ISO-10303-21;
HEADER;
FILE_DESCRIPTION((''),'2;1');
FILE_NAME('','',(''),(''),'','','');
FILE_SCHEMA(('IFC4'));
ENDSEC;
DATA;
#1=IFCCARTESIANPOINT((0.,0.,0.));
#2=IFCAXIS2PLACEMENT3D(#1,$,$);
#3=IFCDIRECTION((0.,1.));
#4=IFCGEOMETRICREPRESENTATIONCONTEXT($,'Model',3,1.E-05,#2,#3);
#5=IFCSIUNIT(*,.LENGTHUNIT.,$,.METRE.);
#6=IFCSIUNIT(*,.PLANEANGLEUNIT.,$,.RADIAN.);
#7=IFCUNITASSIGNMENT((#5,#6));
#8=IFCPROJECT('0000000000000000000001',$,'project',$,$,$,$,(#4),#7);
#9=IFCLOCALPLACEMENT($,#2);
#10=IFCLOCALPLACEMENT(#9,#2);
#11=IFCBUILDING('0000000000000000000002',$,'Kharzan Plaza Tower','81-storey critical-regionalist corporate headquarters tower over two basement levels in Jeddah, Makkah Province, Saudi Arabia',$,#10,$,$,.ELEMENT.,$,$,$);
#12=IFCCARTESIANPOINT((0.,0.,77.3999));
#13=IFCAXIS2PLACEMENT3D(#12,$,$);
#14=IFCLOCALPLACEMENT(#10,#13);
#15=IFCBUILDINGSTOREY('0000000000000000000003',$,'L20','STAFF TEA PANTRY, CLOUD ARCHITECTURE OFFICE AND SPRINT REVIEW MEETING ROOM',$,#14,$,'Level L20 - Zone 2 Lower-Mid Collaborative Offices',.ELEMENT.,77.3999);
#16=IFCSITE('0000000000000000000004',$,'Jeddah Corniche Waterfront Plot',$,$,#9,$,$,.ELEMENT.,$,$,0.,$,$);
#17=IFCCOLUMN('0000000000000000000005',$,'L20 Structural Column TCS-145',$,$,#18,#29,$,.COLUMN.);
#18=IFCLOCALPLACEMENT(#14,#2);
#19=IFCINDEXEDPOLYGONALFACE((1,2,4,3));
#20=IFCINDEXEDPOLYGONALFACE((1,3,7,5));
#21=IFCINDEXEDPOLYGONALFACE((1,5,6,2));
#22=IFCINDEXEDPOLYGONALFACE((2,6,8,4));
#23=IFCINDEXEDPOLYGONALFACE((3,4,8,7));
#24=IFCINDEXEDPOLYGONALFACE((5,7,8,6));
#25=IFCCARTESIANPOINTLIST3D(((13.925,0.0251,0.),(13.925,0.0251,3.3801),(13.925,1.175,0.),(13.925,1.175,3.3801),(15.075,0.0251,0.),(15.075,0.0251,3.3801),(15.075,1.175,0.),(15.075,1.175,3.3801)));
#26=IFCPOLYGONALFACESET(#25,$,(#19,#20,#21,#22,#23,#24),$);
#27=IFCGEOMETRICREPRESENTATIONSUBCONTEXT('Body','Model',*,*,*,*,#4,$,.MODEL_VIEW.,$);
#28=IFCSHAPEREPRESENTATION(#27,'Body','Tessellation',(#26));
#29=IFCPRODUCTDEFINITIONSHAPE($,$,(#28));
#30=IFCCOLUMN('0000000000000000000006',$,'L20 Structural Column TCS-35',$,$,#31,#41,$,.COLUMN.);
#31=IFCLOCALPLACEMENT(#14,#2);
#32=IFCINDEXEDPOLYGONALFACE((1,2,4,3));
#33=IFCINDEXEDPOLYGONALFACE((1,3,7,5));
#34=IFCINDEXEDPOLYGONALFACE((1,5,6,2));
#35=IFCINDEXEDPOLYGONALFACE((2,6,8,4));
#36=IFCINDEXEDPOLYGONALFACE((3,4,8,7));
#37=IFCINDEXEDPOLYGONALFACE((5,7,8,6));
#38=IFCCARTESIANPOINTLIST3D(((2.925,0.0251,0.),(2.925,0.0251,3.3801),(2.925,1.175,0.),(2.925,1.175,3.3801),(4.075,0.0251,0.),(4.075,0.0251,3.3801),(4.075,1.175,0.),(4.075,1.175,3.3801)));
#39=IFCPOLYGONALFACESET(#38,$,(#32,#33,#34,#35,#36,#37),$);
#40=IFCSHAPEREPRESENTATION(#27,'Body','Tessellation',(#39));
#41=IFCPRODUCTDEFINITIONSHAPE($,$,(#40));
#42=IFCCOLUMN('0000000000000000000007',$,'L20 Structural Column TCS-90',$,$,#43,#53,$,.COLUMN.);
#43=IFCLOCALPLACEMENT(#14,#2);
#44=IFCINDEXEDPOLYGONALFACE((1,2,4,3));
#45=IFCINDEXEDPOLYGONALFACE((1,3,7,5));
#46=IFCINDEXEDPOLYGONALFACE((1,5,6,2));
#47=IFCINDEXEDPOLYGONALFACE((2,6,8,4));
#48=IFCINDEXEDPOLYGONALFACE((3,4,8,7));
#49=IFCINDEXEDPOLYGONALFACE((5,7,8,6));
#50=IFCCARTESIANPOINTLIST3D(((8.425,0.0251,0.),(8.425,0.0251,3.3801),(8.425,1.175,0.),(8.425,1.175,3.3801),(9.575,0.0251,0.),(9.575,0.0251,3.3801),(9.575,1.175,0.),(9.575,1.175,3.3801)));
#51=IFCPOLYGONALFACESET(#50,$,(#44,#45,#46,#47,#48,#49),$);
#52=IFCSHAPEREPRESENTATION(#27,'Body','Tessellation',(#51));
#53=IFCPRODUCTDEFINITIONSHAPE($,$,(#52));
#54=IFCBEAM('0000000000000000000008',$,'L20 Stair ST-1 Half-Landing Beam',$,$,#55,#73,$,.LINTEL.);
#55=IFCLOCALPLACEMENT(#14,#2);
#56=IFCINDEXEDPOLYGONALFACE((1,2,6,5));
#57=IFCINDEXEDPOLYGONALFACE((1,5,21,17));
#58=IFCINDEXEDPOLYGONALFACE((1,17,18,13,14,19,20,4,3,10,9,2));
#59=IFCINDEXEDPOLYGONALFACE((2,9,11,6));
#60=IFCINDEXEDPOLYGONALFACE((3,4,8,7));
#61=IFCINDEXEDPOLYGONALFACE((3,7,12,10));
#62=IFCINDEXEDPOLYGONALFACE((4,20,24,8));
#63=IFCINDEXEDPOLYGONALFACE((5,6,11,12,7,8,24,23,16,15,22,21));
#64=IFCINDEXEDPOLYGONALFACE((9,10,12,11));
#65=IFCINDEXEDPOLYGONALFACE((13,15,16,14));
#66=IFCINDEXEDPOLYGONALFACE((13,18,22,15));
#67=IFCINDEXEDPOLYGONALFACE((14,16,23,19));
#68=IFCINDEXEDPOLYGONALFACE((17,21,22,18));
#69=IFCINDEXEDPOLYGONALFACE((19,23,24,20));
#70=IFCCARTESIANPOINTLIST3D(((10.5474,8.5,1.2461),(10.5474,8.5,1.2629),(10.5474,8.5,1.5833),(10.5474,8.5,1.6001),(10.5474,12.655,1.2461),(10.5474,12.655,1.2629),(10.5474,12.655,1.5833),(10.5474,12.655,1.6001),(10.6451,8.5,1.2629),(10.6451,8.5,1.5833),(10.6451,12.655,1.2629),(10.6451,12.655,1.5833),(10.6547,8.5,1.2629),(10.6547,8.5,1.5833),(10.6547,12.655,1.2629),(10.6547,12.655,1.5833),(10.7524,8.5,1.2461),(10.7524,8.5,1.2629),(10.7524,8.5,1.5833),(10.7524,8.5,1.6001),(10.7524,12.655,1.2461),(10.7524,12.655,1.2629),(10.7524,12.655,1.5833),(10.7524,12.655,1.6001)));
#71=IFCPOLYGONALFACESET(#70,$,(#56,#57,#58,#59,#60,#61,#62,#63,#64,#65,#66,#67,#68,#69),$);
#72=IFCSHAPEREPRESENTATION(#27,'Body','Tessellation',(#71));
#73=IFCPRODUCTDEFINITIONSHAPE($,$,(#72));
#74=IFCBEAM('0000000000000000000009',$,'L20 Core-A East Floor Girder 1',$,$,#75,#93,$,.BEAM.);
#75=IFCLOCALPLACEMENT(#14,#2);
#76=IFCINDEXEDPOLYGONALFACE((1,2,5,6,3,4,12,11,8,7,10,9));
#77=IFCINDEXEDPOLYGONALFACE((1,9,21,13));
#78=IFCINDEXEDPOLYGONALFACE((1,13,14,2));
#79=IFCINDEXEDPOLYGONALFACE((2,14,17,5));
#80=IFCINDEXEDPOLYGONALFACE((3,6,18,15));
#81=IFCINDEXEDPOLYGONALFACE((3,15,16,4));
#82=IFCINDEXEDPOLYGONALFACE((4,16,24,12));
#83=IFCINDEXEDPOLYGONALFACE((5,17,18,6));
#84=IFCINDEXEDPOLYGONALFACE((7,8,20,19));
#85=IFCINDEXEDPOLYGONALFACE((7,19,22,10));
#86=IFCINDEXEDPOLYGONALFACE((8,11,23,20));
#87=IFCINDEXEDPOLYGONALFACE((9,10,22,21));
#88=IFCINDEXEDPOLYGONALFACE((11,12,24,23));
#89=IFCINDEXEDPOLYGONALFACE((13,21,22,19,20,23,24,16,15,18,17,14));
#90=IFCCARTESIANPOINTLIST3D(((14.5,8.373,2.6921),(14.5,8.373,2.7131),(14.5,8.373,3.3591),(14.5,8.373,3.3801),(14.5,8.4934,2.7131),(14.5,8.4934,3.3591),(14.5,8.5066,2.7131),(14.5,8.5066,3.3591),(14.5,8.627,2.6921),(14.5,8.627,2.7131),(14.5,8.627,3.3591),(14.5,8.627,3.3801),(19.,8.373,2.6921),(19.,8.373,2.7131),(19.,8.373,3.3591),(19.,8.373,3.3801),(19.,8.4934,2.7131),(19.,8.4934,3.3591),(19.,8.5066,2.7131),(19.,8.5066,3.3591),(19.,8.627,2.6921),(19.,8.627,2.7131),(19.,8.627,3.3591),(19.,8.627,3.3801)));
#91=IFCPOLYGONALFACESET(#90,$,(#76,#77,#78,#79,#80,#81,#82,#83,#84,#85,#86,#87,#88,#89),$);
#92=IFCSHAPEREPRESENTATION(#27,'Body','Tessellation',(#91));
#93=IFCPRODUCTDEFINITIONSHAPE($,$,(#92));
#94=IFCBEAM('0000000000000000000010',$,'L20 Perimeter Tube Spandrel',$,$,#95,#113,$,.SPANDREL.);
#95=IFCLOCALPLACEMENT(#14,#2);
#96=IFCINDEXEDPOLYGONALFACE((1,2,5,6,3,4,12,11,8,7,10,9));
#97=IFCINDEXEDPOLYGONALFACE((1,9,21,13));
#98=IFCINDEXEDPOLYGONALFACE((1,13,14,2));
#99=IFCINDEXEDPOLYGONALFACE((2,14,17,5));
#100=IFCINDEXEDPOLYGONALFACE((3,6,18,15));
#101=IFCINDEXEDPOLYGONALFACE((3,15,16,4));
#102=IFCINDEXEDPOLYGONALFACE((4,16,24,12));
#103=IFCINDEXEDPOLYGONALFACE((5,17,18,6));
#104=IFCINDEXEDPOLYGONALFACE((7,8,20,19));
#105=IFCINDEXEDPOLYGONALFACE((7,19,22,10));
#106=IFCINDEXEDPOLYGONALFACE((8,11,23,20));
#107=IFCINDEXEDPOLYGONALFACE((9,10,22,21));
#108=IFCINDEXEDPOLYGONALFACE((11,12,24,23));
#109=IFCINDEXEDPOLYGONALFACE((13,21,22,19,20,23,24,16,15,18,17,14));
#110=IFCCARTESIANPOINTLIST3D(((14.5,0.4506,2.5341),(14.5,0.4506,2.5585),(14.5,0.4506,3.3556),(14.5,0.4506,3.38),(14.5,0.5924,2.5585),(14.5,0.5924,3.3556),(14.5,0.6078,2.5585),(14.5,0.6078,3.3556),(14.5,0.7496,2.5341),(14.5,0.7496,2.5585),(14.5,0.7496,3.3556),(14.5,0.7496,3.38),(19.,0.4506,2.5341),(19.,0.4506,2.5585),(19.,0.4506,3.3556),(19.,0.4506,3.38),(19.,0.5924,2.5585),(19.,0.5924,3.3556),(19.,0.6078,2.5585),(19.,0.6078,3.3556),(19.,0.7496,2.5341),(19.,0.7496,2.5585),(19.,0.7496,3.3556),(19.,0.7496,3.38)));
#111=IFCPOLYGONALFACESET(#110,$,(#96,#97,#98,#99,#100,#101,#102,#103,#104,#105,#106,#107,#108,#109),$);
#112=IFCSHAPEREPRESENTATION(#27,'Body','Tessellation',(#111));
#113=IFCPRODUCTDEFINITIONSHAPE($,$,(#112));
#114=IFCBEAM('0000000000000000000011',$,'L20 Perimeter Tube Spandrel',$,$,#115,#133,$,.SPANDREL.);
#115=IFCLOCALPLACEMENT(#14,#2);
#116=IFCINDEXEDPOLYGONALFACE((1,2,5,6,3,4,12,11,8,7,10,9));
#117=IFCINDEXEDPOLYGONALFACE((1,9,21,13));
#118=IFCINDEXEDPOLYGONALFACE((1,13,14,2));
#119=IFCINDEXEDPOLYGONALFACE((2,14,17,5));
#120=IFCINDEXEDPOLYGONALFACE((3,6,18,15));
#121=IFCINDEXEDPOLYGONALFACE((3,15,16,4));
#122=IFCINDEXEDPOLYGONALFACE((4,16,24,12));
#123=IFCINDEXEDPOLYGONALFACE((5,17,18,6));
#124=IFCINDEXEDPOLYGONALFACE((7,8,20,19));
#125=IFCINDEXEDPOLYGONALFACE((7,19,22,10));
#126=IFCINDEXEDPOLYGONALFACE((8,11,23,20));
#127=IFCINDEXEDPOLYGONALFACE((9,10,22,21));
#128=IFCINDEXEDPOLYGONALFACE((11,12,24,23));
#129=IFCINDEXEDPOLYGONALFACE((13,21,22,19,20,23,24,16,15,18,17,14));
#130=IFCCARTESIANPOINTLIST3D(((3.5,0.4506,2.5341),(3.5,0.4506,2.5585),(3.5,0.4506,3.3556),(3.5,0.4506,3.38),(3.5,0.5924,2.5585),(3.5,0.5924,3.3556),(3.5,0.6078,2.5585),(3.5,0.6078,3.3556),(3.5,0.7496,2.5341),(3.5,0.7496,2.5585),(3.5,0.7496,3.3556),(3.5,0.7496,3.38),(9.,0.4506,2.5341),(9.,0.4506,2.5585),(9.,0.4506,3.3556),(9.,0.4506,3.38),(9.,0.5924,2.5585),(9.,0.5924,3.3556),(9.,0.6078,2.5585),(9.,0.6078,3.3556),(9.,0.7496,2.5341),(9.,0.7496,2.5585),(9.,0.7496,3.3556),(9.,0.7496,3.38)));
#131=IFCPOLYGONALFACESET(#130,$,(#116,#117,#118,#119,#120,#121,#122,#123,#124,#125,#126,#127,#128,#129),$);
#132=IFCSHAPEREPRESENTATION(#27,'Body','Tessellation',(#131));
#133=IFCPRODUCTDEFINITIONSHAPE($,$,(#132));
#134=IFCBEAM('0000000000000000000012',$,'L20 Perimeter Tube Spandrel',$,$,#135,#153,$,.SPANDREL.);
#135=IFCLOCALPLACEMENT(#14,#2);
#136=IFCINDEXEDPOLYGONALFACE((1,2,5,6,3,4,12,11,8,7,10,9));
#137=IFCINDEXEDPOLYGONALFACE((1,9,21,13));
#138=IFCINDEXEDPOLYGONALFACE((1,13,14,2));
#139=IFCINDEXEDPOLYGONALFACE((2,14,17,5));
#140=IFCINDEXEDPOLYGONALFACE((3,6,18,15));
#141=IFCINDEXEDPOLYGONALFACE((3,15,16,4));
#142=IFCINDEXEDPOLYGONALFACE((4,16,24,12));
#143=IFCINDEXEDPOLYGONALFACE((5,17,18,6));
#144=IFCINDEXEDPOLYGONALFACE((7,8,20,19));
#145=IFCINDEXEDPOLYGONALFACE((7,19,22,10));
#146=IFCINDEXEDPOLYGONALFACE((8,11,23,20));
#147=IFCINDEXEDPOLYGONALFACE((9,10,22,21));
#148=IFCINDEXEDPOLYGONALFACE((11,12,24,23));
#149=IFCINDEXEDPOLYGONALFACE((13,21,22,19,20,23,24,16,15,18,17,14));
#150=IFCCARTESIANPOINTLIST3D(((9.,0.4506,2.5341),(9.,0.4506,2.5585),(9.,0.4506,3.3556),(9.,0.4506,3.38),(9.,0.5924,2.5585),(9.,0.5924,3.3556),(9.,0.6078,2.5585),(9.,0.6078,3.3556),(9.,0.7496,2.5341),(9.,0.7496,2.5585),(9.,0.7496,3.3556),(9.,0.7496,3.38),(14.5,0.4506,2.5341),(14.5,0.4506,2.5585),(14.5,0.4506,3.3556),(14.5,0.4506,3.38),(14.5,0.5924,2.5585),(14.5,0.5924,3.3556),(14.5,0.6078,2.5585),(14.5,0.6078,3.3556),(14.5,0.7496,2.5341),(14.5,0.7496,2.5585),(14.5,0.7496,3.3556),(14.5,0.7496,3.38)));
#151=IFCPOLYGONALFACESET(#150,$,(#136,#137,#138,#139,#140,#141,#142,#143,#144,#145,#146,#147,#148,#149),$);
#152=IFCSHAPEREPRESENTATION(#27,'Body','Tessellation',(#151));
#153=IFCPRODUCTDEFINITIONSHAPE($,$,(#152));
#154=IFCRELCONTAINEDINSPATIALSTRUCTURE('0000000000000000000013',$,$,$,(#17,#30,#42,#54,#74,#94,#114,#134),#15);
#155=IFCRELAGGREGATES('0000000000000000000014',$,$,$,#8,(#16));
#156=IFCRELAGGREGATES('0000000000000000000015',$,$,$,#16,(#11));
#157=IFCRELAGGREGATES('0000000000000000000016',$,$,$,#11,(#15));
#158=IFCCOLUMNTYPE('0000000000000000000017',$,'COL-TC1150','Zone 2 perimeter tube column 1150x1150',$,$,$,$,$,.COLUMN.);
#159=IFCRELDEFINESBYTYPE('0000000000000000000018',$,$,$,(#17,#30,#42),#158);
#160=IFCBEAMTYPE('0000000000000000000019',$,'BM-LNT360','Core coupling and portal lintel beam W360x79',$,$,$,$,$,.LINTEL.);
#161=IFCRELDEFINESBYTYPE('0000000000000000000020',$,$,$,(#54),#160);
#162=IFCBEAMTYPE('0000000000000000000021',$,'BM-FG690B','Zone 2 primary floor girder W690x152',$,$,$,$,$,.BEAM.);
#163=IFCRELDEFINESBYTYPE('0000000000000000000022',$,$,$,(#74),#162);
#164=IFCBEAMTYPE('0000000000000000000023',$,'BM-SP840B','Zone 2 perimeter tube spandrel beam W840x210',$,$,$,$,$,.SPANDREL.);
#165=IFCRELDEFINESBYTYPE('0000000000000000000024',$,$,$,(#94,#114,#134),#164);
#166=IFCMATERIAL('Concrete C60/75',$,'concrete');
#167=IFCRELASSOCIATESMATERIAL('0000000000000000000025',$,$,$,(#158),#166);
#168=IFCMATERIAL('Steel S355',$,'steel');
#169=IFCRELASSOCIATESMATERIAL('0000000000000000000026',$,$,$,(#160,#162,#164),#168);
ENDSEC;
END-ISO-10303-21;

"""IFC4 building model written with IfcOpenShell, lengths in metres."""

from ifc_helpers import new_model, si_unit, direction, frame, origin, origin_2d, place, context, subcontext, project, spatial, rectangle, i_section, extrude, source, transform, mapped, material, material_profile, profile_set, type_object, element, save


model = new_model("IFC4")

# Units and contexts
model_context = context("Model", 3, precision=1e-05, world=origin(), true_north=direction((0.0, 1.0)))
body_context = subcontext(model_context, "Body", "Model", "MODEL_VIEW")
ifc_project = project(units=[si_unit("LENGTHUNIT", "METRE"), si_unit("PLANEANGLEUNIT", "RADIAN")], contexts=[model_context])

# Site, building, storey
site_placement = place(None, origin())
site = spatial("IfcSite", under=ifc_project, at=site_placement, Name="Jeddah Corniche Waterfront Plot", CompositionType="ELEMENT", RefElevation=0.0)
building_placement = place(site_placement, origin())
building = spatial("IfcBuilding", under=site, at=building_placement, Name="Kharzan Plaza Tower", Description="81-storey critical-regionalist corporate headquarters tower over two basement levels in Jeddah, Makkah Province, Saudi Arabia", CompositionType="ELEMENT")
storey_placement = place(building_placement, frame((0.0, 0.0, 77.3999)))
storey = spatial("IfcBuildingStorey", under=building, at=storey_placement, Name="L20", Description="STAFF TEA PANTRY, CLOUD ARCHITECTURE OFFICE AND SPRINT REVIEW MEETING ROOM", LongName="Level L20 - Zone 2 Lower-Mid Collaborative Offices", CompositionType="ELEMENT", Elevation=77.3999)

# Columns
ifc_material_1 = material(Name="Concrete C60/75", Category="concrete")
ifc_material_profile_1 = material_profile(ifc_material_1, rectangle(XDim=1.1499, YDim=1.1499, at=origin_2d()), Name="RC-TC1150x1150")
ifc_profile_set_1 = profile_set([ifc_material_profile_1], Name="Concrete C60/75")
column_type = type_object("IfcColumnType", Name="COL-TC1150", Description="Zone 2 perimeter tube column 1150x1150", PredefinedType="COLUMN", material=ifc_profile_set_1)
shared_shape_1 = source(origin(), body_context, "Body", "SweptSolid", [
    extrude(rectangle(XDim=1.1499, YDim=1.1499, at=origin_2d()), origin(), (0.0, 0.0, 1.0), 3.3801),
])
for number, where, z_axis, x_axis, name in (
    (1, (14.5, 0.6001, 0.0), (0.0, 0.0, 1.0), (1.0, 0.0, 0.0), "L20 Structural Column TCS-145"),
    (2, (3.5, 0.6001, 0.0), (0.0, 0.0, 1.0), (1.0, 0.0, 0.0), "L20 Structural Column TCS-35"),
    (3, (9.0, 0.6001, 0.0), (0.0, 0.0, 1.0), (1.0, 0.0, 0.0), "L20 Structural Column TCS-90"),
):
    element("IfcColumn", number, at=place(storey_placement, frame(where, z_axis=z_axis, x_axis=x_axis)), inside=storey, type_object=column_type, Name=name, PredefinedType="COLUMN", context=body_context, shape_type="MappedRepresentation", body=[
        mapped(shared_shape_1, transform((0.0, 0.0, 0.0), x_axis=(1.0, 0.0, 0.0), y_axis=(0.0, 1.0, 0.0), z_axis=(0.0, 0.0, 1.0))),
    ])

# Beams
ifc_material_2 = material(Name="Steel S355", Category="steel")
ifc_material_profile_2 = material_profile(ifc_material_2, i_section(OverallWidth=0.2051, OverallDepth=0.354, WebThickness=0.0095, FlangeThickness=0.0168, at=origin_2d()), Name="W360x79")
ifc_profile_set_2 = profile_set([ifc_material_profile_2], Name="Steel S355")
beam_type_1 = type_object("IfcBeamType", Name="BM-LNT360", Description="Core coupling and portal lintel beam W360x79", PredefinedType="LINTEL", material=ifc_profile_set_2)
shared_shape_2 = source(origin(), body_context, "Body", "SweptSolid", [
    extrude(i_section(OverallWidth=0.2051, OverallDepth=0.354, WebThickness=0.0095, FlangeThickness=0.0168, at=origin_2d()), origin(), (0.0, 0.0, 1.0), 4.155),
])
beam_1_placement = place(storey_placement, frame((10.6499, 8.5, 1.4231), z_axis=(0.0, 1.0, 0.0), x_axis=(-1.0, 0.0, 0.0)))
element("IfcBeam", 4, at=beam_1_placement, inside=storey, type_object=beam_type_1, Name="L20 Stair ST-1 Half-Landing Beam", PredefinedType="LINTEL", context=body_context, shape_type="MappedRepresentation", body=[
    mapped(shared_shape_2, transform((0.0, 0.0, 0.0), x_axis=(1.0, 0.0, 0.0), y_axis=(0.0, 1.0, 0.0), z_axis=(0.0, 0.0, 1.0))),
])
ifc_material_profile_3 = material_profile(ifc_material_2, i_section(OverallWidth=0.2539, OverallDepth=0.688, WebThickness=0.0132, FlangeThickness=0.021, at=origin_2d()), Name="W690x152")
ifc_profile_set_3 = profile_set([ifc_material_profile_3], Name="Steel S355")
beam_type_2 = type_object("IfcBeamType", Name="BM-FG690B", Description="Zone 2 primary floor girder W690x152", PredefinedType="BEAM", material=ifc_profile_set_3)
shared_shape_3 = source(origin(), body_context, "Body", "SweptSolid", [
    extrude(i_section(OverallWidth=0.2539, OverallDepth=0.688, WebThickness=0.0132, FlangeThickness=0.021, at=origin_2d()), origin(), (0.0, 0.0, 1.0), 4.5),
])
beam_2_placement = place(storey_placement, frame((14.5, 8.5, 3.0361), z_axis=(1.0, 0.0, 0.0), x_axis=(0.0, 1.0, 0.0)))
element("IfcBeam", 5, at=beam_2_placement, inside=storey, type_object=beam_type_2, Name="L20 Core-A East Floor Girder 1", PredefinedType="BEAM", context=body_context, shape_type="MappedRepresentation", body=[
    mapped(shared_shape_3, transform((0.0, 0.0, 0.0), x_axis=(1.0, 0.0, 0.0), y_axis=(0.0, 1.0, 0.0), z_axis=(0.0, 0.0, 1.0))),
])
ifc_material_profile_4 = material_profile(ifc_material_2, i_section(OverallWidth=0.2991, OverallDepth=0.8459, WebThickness=0.0154, FlangeThickness=0.0244, at=origin_2d()), Name="W840x210")
ifc_profile_set_4 = profile_set([ifc_material_profile_4], Name="Steel S355")
beam_type_3 = type_object("IfcBeamType", Name="BM-SP840B", Description="Zone 2 perimeter tube spandrel beam W840x210", PredefinedType="SPANDREL", material=ifc_profile_set_4)
shared_shape_4 = source(origin(), body_context, "Body", "SweptSolid", [
    extrude(i_section(OverallWidth=0.2991, OverallDepth=0.8459, WebThickness=0.0154, FlangeThickness=0.0244, at=origin_2d()), origin(), (0.0, 0.0, 1.0), 4.5),
])
beam_3_placement = place(storey_placement, frame((14.5, 0.6001, 2.957), z_axis=(1.0, 0.0, 0.0), x_axis=(0.0, 1.0, 0.0)))
element("IfcBeam", 6, at=beam_3_placement, inside=storey, type_object=beam_type_3, Name="L20 Perimeter Tube Spandrel", PredefinedType="SPANDREL", context=body_context, shape_type="MappedRepresentation", body=[
    mapped(shared_shape_4, transform((0.0, 0.0, 0.0), x_axis=(1.0, 0.0, 0.0), y_axis=(0.0, 1.0, 0.0), z_axis=(0.0, 0.0, 1.0))),
])
shared_shape_5 = source(origin(), body_context, "Body", "SweptSolid", [
    extrude(i_section(OverallWidth=0.2991, OverallDepth=0.8459, WebThickness=0.0154, FlangeThickness=0.0244, at=origin_2d()), origin(), (0.0, 0.0, 1.0), 5.5),
])
for number, where, z_axis, x_axis, name in (
    (7, (3.5, 0.6001, 2.957), (1.0, 0.0, 0.0), (0.0, 1.0, 0.0), "L20 Perimeter Tube Spandrel"),
    (8, (9.0, 0.6001, 2.957), (1.0, 0.0, 0.0), (0.0, 1.0, 0.0), "L20 Perimeter Tube Spandrel"),
):
    element("IfcBeam", number, at=place(storey_placement, frame(where, z_axis=z_axis, x_axis=x_axis)), inside=storey, type_object=beam_type_3, Name=name, PredefinedType="SPANDREL", context=body_context, shape_type="MappedRepresentation", body=[
        mapped(shared_shape_5, transform((0.0, 0.0, 0.0), x_axis=(1.0, 0.0, 0.0), y_axis=(0.0, 1.0, 0.0), z_axis=(0.0, 0.0, 1.0))),
    ])

save(model, "model.ifc")
